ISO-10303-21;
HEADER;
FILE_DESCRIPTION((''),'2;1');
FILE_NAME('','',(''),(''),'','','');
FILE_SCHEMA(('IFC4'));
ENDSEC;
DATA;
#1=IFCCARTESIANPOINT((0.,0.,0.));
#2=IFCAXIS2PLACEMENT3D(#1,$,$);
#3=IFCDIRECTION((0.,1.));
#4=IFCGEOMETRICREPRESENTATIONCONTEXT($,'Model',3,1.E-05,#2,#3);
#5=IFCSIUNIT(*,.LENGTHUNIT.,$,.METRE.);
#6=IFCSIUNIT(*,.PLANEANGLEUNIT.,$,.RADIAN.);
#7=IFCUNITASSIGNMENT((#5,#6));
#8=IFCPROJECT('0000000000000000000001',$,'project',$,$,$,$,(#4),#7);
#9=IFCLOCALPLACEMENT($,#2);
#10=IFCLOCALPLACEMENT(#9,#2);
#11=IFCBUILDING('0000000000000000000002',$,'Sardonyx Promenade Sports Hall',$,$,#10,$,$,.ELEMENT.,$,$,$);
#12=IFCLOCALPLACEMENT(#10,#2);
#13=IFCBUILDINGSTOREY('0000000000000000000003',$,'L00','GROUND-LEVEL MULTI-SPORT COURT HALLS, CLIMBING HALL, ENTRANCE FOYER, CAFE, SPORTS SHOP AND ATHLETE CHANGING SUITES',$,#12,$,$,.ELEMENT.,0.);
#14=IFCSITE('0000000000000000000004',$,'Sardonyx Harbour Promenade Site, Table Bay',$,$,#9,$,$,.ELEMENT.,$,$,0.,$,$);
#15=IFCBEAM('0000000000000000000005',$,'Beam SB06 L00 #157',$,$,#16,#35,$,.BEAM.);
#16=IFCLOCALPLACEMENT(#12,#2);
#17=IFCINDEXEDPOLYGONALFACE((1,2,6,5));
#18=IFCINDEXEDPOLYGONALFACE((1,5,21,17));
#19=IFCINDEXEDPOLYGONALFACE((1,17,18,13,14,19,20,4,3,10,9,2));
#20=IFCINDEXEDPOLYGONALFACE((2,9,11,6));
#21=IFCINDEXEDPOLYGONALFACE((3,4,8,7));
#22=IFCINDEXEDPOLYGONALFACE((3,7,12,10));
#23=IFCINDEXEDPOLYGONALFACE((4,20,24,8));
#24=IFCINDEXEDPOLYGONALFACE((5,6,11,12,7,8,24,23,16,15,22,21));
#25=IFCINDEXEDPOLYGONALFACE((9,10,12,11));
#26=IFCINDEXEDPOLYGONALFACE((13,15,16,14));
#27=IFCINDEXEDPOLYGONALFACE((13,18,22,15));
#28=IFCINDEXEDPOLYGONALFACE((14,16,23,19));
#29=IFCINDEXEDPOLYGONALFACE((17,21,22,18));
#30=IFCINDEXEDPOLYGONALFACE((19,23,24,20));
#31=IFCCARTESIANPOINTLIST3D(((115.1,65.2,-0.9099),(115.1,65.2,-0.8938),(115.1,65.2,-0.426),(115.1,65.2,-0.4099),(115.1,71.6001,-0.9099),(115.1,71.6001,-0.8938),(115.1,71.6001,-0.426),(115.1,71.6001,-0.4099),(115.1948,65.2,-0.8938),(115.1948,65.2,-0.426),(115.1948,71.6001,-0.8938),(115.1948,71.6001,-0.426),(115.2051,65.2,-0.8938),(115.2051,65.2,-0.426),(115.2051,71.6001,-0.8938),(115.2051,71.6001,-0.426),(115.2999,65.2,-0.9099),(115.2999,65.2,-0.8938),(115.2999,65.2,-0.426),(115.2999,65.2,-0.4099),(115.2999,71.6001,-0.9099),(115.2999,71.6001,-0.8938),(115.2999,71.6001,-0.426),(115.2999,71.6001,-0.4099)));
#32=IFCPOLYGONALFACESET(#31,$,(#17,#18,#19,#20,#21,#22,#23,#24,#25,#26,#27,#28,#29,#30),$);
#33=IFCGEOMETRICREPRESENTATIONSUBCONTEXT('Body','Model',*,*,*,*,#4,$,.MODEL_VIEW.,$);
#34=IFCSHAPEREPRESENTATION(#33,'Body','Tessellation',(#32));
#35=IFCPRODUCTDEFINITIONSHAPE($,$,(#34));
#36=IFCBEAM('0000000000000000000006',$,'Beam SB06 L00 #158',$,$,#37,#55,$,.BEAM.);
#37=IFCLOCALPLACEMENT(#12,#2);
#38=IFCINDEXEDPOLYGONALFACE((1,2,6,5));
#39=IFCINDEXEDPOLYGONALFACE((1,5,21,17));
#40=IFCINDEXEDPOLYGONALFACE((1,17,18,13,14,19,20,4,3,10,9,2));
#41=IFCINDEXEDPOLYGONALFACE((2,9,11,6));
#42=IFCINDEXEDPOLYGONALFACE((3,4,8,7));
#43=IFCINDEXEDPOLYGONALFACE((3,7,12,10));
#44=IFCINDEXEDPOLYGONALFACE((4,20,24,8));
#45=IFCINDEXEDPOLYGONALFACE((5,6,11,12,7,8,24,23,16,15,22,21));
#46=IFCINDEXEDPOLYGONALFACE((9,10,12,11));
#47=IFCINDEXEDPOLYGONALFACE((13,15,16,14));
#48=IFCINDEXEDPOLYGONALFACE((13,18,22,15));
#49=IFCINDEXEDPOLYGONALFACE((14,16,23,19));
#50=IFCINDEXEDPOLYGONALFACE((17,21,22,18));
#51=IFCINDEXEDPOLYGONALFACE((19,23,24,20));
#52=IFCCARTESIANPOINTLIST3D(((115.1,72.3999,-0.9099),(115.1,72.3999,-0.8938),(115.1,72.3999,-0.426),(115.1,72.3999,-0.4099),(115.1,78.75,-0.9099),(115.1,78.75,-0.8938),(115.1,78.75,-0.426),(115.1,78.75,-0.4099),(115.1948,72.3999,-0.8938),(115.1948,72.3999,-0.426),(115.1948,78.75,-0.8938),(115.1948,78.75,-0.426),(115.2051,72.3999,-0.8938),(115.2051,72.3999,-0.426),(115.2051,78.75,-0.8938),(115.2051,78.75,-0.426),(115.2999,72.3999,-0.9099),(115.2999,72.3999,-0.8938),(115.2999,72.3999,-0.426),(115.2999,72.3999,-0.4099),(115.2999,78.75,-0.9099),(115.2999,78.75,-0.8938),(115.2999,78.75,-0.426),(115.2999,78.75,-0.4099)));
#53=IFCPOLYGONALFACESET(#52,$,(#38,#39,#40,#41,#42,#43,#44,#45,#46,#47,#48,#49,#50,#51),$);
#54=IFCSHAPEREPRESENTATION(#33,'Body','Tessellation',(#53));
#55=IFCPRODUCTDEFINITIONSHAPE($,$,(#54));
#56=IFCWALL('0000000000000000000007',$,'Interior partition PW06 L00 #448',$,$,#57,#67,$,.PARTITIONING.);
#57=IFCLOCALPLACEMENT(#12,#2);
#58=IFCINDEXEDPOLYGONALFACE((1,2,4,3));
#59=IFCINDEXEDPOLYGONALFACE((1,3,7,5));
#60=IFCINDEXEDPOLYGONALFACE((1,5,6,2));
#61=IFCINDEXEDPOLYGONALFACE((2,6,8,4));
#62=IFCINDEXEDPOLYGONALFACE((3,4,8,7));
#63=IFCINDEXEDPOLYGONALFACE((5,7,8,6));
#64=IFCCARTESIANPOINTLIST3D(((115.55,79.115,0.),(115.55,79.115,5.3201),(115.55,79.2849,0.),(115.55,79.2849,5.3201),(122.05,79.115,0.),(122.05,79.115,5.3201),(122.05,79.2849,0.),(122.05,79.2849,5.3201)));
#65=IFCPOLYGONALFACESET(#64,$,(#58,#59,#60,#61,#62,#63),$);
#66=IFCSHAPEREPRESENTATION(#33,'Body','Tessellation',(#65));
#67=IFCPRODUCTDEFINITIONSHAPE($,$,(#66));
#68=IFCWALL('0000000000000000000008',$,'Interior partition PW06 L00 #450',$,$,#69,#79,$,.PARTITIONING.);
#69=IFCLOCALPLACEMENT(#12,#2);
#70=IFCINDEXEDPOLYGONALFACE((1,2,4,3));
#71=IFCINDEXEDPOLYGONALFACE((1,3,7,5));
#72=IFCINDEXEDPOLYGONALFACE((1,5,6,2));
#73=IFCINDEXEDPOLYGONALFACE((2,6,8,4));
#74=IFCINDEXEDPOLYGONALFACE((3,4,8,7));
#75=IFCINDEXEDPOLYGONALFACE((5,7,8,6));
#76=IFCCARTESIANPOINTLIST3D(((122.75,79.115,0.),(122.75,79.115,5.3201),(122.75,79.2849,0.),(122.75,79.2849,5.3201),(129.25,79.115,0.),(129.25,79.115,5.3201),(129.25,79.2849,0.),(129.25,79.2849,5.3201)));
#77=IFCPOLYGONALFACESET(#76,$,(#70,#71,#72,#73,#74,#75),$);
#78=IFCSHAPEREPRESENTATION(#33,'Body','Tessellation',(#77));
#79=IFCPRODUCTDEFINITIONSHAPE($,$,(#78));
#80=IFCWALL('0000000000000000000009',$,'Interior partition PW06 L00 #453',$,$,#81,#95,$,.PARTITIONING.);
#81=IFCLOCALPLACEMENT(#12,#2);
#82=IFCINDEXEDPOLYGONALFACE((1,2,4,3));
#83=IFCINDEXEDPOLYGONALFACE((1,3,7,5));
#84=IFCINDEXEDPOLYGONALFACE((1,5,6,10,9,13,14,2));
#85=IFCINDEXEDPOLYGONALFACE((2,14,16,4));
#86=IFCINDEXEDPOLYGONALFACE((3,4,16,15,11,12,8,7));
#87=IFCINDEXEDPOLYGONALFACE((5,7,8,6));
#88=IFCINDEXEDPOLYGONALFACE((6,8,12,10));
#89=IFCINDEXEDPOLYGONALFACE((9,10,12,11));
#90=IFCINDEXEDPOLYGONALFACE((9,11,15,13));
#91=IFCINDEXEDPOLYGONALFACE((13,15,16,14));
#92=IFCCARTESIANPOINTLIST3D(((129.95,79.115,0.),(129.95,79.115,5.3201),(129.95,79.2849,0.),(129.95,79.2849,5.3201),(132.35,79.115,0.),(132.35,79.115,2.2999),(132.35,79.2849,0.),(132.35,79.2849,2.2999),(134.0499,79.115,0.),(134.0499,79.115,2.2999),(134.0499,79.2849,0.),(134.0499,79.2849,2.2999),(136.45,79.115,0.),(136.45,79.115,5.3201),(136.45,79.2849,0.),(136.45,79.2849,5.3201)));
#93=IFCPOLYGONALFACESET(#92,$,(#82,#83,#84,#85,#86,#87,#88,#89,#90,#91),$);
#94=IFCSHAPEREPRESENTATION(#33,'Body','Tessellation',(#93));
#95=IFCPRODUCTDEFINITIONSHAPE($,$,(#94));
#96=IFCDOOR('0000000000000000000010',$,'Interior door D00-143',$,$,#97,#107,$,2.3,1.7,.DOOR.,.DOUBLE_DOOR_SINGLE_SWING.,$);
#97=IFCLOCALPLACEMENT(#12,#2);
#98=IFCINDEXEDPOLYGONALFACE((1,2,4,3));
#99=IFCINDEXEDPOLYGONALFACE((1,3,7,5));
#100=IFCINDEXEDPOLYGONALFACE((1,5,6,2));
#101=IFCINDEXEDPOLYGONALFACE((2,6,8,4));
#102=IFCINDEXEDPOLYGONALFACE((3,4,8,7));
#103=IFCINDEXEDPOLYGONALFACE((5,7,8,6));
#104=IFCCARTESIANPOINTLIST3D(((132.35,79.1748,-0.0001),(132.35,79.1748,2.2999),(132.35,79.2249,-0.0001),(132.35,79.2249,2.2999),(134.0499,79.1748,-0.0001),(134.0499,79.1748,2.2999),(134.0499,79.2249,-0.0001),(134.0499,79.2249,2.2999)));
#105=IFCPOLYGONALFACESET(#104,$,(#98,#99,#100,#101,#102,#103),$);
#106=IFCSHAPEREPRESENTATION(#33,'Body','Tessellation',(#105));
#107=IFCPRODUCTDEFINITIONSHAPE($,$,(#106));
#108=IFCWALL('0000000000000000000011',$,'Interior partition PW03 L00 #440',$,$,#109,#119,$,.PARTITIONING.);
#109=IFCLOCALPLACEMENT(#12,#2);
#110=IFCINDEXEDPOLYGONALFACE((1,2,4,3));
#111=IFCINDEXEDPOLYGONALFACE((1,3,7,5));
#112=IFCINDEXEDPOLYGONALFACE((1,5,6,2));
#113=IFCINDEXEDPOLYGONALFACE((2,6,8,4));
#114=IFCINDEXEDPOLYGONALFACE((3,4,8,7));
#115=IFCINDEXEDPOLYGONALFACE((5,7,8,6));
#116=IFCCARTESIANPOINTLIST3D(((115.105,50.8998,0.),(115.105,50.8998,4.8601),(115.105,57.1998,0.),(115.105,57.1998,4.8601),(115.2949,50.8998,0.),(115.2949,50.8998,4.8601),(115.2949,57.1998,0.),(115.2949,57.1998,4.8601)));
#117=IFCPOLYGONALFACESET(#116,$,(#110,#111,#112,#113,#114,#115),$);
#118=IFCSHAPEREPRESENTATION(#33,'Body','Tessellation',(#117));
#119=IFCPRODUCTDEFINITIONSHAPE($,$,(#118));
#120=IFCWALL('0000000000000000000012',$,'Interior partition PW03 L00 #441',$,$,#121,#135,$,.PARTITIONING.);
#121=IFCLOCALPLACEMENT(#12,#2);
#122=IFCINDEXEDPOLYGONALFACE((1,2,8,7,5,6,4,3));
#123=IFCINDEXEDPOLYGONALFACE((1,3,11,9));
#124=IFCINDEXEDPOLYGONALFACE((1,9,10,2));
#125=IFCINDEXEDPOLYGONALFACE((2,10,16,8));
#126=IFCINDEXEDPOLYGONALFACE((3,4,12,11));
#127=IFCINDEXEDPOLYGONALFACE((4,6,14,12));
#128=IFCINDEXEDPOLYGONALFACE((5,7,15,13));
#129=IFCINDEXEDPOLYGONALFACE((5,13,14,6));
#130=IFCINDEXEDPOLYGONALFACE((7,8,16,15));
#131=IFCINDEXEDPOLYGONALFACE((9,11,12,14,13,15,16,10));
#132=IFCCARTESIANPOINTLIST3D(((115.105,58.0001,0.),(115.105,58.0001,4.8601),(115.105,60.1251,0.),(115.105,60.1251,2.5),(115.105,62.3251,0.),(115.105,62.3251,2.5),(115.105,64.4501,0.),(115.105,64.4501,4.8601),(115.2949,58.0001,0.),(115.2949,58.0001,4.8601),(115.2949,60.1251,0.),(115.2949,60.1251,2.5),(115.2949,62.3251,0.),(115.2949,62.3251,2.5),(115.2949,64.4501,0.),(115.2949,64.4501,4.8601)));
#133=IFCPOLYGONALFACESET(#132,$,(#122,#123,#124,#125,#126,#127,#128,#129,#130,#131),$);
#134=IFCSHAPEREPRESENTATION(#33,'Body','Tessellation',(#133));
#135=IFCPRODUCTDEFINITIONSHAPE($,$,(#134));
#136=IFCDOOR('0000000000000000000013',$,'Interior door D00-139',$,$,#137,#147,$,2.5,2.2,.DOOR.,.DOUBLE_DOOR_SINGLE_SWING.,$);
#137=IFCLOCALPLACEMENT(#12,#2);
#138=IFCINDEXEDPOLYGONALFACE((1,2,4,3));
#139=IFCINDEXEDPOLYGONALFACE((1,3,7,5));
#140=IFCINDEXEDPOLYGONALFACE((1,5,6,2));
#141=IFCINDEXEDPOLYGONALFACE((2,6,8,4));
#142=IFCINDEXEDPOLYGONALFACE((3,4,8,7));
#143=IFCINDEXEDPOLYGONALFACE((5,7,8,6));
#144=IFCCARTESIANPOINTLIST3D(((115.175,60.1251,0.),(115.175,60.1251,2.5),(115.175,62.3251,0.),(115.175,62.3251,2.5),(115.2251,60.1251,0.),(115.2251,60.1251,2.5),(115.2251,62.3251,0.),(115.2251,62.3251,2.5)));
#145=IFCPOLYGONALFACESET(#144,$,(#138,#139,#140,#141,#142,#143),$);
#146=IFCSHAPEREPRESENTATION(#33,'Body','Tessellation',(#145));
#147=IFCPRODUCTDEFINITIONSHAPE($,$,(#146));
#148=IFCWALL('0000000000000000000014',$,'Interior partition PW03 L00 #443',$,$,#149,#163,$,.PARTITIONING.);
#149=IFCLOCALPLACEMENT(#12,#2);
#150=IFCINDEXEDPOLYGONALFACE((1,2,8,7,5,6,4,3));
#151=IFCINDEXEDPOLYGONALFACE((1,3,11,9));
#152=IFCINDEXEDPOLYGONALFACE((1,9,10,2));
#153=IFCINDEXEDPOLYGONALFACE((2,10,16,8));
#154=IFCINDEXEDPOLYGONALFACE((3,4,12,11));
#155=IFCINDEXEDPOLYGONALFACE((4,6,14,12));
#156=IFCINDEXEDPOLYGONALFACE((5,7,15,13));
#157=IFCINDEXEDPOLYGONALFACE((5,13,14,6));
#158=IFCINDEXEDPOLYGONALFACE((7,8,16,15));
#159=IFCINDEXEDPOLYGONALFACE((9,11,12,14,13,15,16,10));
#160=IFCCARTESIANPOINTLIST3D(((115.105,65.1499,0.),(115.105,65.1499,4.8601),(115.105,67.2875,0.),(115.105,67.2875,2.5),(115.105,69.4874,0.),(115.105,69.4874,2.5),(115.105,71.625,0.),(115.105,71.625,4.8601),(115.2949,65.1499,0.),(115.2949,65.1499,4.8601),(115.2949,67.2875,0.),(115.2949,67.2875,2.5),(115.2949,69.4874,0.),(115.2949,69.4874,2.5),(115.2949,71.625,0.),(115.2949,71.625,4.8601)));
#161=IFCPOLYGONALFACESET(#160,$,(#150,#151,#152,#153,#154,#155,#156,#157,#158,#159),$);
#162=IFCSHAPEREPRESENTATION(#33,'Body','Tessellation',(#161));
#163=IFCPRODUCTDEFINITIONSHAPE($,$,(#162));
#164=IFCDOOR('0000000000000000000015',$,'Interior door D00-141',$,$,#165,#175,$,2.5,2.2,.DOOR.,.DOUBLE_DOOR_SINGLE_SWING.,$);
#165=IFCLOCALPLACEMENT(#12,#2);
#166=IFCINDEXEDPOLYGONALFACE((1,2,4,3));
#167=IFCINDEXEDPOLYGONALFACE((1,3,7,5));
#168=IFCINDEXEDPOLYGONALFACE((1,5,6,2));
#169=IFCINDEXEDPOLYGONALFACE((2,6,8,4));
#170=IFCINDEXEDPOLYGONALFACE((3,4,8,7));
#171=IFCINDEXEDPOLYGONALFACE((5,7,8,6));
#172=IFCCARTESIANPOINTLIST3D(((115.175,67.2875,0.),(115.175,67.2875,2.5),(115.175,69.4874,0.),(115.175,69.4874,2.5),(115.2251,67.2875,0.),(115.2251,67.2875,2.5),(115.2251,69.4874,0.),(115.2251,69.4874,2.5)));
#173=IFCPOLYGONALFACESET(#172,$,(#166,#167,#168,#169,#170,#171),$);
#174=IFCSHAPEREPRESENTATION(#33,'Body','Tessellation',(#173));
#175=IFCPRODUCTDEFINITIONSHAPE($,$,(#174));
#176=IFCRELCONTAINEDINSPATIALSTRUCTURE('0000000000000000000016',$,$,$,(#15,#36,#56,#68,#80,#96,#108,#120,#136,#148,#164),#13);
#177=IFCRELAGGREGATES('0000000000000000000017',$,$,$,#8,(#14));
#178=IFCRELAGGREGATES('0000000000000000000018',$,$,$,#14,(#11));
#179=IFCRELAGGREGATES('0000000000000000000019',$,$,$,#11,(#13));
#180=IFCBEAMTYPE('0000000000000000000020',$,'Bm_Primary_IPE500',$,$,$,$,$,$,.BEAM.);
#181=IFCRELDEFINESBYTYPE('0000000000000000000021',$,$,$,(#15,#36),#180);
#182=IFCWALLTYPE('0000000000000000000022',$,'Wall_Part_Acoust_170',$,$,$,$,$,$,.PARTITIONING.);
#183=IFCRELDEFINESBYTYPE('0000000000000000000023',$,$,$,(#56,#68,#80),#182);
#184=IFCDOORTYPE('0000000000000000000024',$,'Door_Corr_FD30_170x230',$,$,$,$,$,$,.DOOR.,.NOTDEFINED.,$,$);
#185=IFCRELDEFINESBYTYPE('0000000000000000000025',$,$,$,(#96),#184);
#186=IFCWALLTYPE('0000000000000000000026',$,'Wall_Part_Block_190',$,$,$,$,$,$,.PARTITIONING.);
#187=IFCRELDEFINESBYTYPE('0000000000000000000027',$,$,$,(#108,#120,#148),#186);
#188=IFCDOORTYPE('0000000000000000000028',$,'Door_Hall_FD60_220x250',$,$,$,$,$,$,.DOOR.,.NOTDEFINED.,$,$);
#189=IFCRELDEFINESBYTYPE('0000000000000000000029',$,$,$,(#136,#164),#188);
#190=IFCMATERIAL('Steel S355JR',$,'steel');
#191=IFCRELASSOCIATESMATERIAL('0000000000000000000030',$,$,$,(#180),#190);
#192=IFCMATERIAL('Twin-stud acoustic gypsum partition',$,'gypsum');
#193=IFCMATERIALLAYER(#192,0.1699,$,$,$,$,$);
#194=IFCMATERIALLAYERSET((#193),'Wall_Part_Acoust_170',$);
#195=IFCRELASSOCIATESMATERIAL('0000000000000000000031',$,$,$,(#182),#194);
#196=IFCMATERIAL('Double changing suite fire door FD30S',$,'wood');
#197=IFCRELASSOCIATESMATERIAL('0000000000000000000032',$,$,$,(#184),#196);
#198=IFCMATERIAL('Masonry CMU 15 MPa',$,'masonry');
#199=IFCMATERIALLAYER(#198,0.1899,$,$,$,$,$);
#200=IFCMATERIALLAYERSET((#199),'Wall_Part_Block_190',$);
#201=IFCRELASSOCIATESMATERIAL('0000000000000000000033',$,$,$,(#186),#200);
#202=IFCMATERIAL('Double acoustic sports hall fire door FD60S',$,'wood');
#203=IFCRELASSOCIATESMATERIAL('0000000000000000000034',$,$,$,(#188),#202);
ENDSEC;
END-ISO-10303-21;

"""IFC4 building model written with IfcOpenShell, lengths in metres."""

from ifc_helpers import new_model, si_unit, direction, frame, frame_2d, origin, origin_2d, place, context, subcontext, project, spatial, rectangle, i_section, extrude, material, layer, layer_set, material_profile, profile_set, type_object, element, fill, save


model = new_model("IFC4")

# Units and contexts
model_context = context("Model", 3, precision=1e-05, world=origin(), true_north=direction((0.0, 1.0)))
body_context = subcontext(model_context, "Body", "Model", "MODEL_VIEW")
ifc_project = project(units=[si_unit("LENGTHUNIT", "METRE"), si_unit("PLANEANGLEUNIT", "RADIAN")], contexts=[model_context])

# Site, building, storey
site_placement = place(None, origin())
site = spatial("IfcSite", under=ifc_project, at=site_placement, Name="Sardonyx Harbour Promenade Site, Table Bay", CompositionType="ELEMENT", RefElevation=0.0)
building_placement = place(site_placement, origin())
building = spatial("IfcBuilding", under=site, at=building_placement, Name="Sardonyx Promenade Sports Hall", CompositionType="ELEMENT")
storey_placement = place(building_placement, origin())
storey = spatial("IfcBuildingStorey", under=building, at=storey_placement, Name="L00", Description="GROUND-LEVEL MULTI-SPORT COURT HALLS, CLIMBING HALL, ENTRANCE FOYER, CAFE, SPORTS SHOP AND ATHLETE CHANGING SUITES", CompositionType="ELEMENT", Elevation=0.0)

# Beams
ifc_material_1 = material(Name="Steel S355JR", Category="steel")
ifc_material_profile_1 = material_profile(ifc_material_1, i_section(OverallWidth=0.2, OverallDepth=0.5, WebThickness=0.0103, FlangeThickness=0.0161, at=origin_2d()))
ifc_profile_set_1 = profile_set([ifc_material_profile_1], Name="Steel S355JR")
beam_type = type_object("IfcBeamType", Name="Bm_Primary_IPE500", PredefinedType="BEAM", material=ifc_profile_set_1)
beam_1_placement = place(storey_placement, frame((115.2, 65.2, -0.6599), z_axis=(0.0, 1.0, 0.0), x_axis=(-1.0, 0.0, 0.0)))
element("IfcBeam", 1, at=beam_1_placement, inside=storey, type_object=beam_type, Name="Beam SB06 L00 #157", PredefinedType="BEAM", context=body_context, shape_type="SweptSolid", body=[
    extrude(i_section(OverallWidth=0.2, OverallDepth=0.5, WebThickness=0.0103, FlangeThickness=0.0161, at=origin_2d()), origin(), (0.0, 0.0, 1.0), 6.4001),
])
beam_2_placement = place(storey_placement, frame((115.2, 72.3999, -0.6599), z_axis=(0.0, 1.0, 0.0), x_axis=(-1.0, 0.0, 0.0)))
element("IfcBeam", 2, at=beam_2_placement, inside=storey, type_object=beam_type, Name="Beam SB06 L00 #158", PredefinedType="BEAM", context=body_context, shape_type="SweptSolid", body=[
    extrude(i_section(OverallWidth=0.2, OverallDepth=0.5, WebThickness=0.0103, FlangeThickness=0.0161, at=origin_2d()), origin(), (0.0, 0.0, 1.0), 6.3501),
])

# Walls
ifc_material_2 = material(Name="Twin-stud acoustic gypsum partition", Category="gypsum")
ifc_layer_1 = layer(ifc_material_2, 0.1699)
ifc_layer_set_1 = layer_set([ifc_layer_1], Name="Wall_Part_Acoust_170")
wall_type_1 = type_object("IfcWallType", Name="Wall_Part_Acoust_170", PredefinedType="PARTITIONING", material=ifc_layer_set_1)
for number, where, z_axis, x_axis, name in (
    (3, (115.55, 79.2, 0.0), (0.0, 0.0, 1.0), (1.0, 0.0, 0.0), "Interior partition PW06 L00 #448"),
    (4, (122.75, 79.2, 0.0), (0.0, 0.0, 1.0), (1.0, 0.0, 0.0), "Interior partition PW06 L00 #450"),
):
    element("IfcWall", number, at=place(storey_placement, frame(where, z_axis=z_axis, x_axis=x_axis)), inside=storey, type_object=wall_type_1, Name=name, PredefinedType="PARTITIONING", context=body_context, shape_type="SweptSolid", body=[
        extrude(rectangle(XDim=6.5, YDim=0.1699, at=frame_2d((3.25, 0.0))), origin(), (0.0, 0.0, 1.0), 5.3201),
    ])

# Wall, opening, door
wall_1_placement = place(storey_placement, frame((129.95, 79.2, 0.0), z_axis=(0.0, 0.0, 1.0), x_axis=(1.0, 0.0, 0.0)))
wall_1 = element("IfcWall", 5, at=wall_1_placement, inside=storey, type_object=wall_type_1, Name="Interior partition PW06 L00 #453", PredefinedType="PARTITIONING", context=body_context, shape_type="SweptSolid", body=[
    extrude(rectangle(XDim=6.5, YDim=0.1699, at=frame_2d((3.25, 0.0))), origin(), (0.0, 0.0, 1.0), 5.3201),
])
opening_1_placement = place(wall_1_placement, frame((2.3999, 0.0, 0.0)))
opening_1 = element("IfcOpeningElement", 6, at=opening_1_placement, cuts=wall_1, PredefinedType="OPENING", context=body_context, shape_type="SweptSolid", body=[
    extrude(rectangle(XDim=1.7, YDim=2.3, at=frame_2d((0.8501, 1.1499))), frame((0.0, 0.095, 0.0), z_axis=(0.0, -1.0, 0.0), x_axis=(1.0, 0.0, 0.0)), (0.0, 0.0, 1.0), 0.19),
])
ifc_material_3 = material(Name="Double changing suite fire door FD30S", Category="wood")
door_type_1 = type_object("IfcDoorType", Name="Door_Corr_FD30_170x230", OperationType="NOTDEFINED", PredefinedType="DOOR", material=ifc_material_3)
door_1_placement = place(opening_1_placement, origin())
door_1 = element("IfcDoor", 7, at=door_1_placement, inside=storey, type_object=door_type_1, Name="Interior door D00-143", OperationType="DOUBLE_DOOR_SINGLE_SWING", OverallHeight=2.3, OverallWidth=1.7, PredefinedType="DOOR", context=body_context, shape_type="SweptSolid", body=[
    extrude(rectangle(XDim=1.7, YDim=2.3, at=frame_2d((0.8501, 1.1499))), frame((0.0, 0.0249, 0.0), z_axis=(0.0, -1.0, 0.0), x_axis=(1.0, 0.0, 0.0)), (0.0, 0.0, 1.0), 0.05),
])
fill(opening_1, door_1)

# Wall
ifc_material_4 = material(Name="Masonry CMU 15 MPa", Category="masonry")
ifc_layer_2 = layer(ifc_material_4, 0.1899)
ifc_layer_set_2 = layer_set([ifc_layer_2], Name="Wall_Part_Block_190")
wall_type_2 = type_object("IfcWallType", Name="Wall_Part_Block_190", PredefinedType="PARTITIONING", material=ifc_layer_set_2)
wall_2_placement = place(storey_placement, frame((115.2, 50.8999, 0.0), z_axis=(0.0, 0.0, 1.0), x_axis=(0.0, 1.0, 0.0)))
element("IfcWall", 8, at=wall_2_placement, inside=storey, type_object=wall_type_2, Name="Interior partition PW03 L00 #440", PredefinedType="PARTITIONING", context=body_context, shape_type="SweptSolid", body=[
    extrude(rectangle(XDim=6.3, YDim=0.1899, at=frame_2d((3.1499, 0.0))), origin(), (0.0, 0.0, 1.0), 4.8601),
])

# Walls, openings, doors
wall_3_placement = place(storey_placement, frame((115.2, 58.0, 0.0), z_axis=(0.0, 0.0, 1.0), x_axis=(0.0, 1.0, 0.0)))
wall_3 = element("IfcWall", 9, at=wall_3_placement, inside=storey, type_object=wall_type_2, Name="Interior partition PW03 L00 #441", PredefinedType="PARTITIONING", context=body_context, shape_type="SweptSolid", body=[
    extrude(rectangle(XDim=6.45, YDim=0.1899, at=frame_2d((3.2251, 0.0))), origin(), (0.0, 0.0, 1.0), 4.8601),
])
opening_2_placement = place(wall_3_placement, frame((2.125, 0.0, 0.0)))
opening_2 = element("IfcOpeningElement", 10, at=opening_2_placement, cuts=wall_3, PredefinedType="OPENING", context=body_context, shape_type="SweptSolid", body=[
    extrude(rectangle(XDim=2.2, YDim=2.5, at=frame_2d((1.1001, 1.25))), frame((0.0, 0.105, 0.0), z_axis=(0.0, -1.0, 0.0), x_axis=(1.0, 0.0, 0.0)), (0.0, 0.0, 1.0), 0.21),
])
ifc_material_5 = material(Name="Double acoustic sports hall fire door FD60S", Category="wood")
door_type_2 = type_object("IfcDoorType", Name="Door_Hall_FD60_220x250", OperationType="NOTDEFINED", PredefinedType="DOOR", material=ifc_material_5)
door_2_placement = place(opening_2_placement, origin())
door_2 = element("IfcDoor", 11, at=door_2_placement, inside=storey, type_object=door_type_2, Name="Interior door D00-139", OperationType="DOUBLE_DOOR_SINGLE_SWING", OverallHeight=2.5, OverallWidth=2.2, PredefinedType="DOOR", context=body_context, shape_type="SweptSolid", body=[
    extrude(rectangle(XDim=2.2, YDim=2.5, at=frame_2d((1.1001, 1.25))), frame((0.0, 0.0249, 0.0), z_axis=(0.0, -1.0, 0.0), x_axis=(1.0, 0.0, 0.0)), (0.0, 0.0, 1.0), 0.05),
])
fill(opening_2, door_2)
wall_4_placement = place(storey_placement, frame((115.2, 65.1499, 0.0), z_axis=(0.0, 0.0, 1.0), x_axis=(0.0, 1.0, 0.0)))
wall_4 = element("IfcWall", 12, at=wall_4_placement, inside=storey, type_object=wall_type_2, Name="Interior partition PW03 L00 #443", PredefinedType="PARTITIONING", context=body_context, shape_type="SweptSolid", body=[
    extrude(rectangle(XDim=6.4751, YDim=0.1899, at=frame_2d((3.2375, 0.0))), origin(), (0.0, 0.0, 1.0), 4.8601),
])
opening_3_placement = place(wall_4_placement, frame((2.1375, 0.0, 0.0)))
opening_3 = element("IfcOpeningElement", 13, at=opening_3_placement, cuts=wall_4, PredefinedType="OPENING", context=body_context, shape_type="SweptSolid", body=[
    extrude(rectangle(XDim=2.2, YDim=2.5, at=frame_2d((1.1001, 1.25))), frame((0.0, 0.105, 0.0), z_axis=(0.0, -1.0, 0.0), x_axis=(1.0, 0.0, 0.0)), (0.0, 0.0, 1.0), 0.21),
])
door_3_placement = place(opening_3_placement, origin())
door_3 = element("IfcDoor", 14, at=door_3_placement, inside=storey, type_object=door_type_2, Name="Interior door D00-141", OperationType="DOUBLE_DOOR_SINGLE_SWING", OverallHeight=2.5, OverallWidth=2.2, PredefinedType="DOOR", context=body_context, shape_type="SweptSolid", body=[
    extrude(rectangle(XDim=2.2, YDim=2.5, at=frame_2d((1.1001, 1.25))), frame((0.0, 0.0249, 0.0), z_axis=(0.0, -1.0, 0.0), x_axis=(1.0, 0.0, 0.0)), (0.0, 0.0, 1.0), 0.05),
])
fill(opening_3, door_3)

save(model, "model.ifc")
